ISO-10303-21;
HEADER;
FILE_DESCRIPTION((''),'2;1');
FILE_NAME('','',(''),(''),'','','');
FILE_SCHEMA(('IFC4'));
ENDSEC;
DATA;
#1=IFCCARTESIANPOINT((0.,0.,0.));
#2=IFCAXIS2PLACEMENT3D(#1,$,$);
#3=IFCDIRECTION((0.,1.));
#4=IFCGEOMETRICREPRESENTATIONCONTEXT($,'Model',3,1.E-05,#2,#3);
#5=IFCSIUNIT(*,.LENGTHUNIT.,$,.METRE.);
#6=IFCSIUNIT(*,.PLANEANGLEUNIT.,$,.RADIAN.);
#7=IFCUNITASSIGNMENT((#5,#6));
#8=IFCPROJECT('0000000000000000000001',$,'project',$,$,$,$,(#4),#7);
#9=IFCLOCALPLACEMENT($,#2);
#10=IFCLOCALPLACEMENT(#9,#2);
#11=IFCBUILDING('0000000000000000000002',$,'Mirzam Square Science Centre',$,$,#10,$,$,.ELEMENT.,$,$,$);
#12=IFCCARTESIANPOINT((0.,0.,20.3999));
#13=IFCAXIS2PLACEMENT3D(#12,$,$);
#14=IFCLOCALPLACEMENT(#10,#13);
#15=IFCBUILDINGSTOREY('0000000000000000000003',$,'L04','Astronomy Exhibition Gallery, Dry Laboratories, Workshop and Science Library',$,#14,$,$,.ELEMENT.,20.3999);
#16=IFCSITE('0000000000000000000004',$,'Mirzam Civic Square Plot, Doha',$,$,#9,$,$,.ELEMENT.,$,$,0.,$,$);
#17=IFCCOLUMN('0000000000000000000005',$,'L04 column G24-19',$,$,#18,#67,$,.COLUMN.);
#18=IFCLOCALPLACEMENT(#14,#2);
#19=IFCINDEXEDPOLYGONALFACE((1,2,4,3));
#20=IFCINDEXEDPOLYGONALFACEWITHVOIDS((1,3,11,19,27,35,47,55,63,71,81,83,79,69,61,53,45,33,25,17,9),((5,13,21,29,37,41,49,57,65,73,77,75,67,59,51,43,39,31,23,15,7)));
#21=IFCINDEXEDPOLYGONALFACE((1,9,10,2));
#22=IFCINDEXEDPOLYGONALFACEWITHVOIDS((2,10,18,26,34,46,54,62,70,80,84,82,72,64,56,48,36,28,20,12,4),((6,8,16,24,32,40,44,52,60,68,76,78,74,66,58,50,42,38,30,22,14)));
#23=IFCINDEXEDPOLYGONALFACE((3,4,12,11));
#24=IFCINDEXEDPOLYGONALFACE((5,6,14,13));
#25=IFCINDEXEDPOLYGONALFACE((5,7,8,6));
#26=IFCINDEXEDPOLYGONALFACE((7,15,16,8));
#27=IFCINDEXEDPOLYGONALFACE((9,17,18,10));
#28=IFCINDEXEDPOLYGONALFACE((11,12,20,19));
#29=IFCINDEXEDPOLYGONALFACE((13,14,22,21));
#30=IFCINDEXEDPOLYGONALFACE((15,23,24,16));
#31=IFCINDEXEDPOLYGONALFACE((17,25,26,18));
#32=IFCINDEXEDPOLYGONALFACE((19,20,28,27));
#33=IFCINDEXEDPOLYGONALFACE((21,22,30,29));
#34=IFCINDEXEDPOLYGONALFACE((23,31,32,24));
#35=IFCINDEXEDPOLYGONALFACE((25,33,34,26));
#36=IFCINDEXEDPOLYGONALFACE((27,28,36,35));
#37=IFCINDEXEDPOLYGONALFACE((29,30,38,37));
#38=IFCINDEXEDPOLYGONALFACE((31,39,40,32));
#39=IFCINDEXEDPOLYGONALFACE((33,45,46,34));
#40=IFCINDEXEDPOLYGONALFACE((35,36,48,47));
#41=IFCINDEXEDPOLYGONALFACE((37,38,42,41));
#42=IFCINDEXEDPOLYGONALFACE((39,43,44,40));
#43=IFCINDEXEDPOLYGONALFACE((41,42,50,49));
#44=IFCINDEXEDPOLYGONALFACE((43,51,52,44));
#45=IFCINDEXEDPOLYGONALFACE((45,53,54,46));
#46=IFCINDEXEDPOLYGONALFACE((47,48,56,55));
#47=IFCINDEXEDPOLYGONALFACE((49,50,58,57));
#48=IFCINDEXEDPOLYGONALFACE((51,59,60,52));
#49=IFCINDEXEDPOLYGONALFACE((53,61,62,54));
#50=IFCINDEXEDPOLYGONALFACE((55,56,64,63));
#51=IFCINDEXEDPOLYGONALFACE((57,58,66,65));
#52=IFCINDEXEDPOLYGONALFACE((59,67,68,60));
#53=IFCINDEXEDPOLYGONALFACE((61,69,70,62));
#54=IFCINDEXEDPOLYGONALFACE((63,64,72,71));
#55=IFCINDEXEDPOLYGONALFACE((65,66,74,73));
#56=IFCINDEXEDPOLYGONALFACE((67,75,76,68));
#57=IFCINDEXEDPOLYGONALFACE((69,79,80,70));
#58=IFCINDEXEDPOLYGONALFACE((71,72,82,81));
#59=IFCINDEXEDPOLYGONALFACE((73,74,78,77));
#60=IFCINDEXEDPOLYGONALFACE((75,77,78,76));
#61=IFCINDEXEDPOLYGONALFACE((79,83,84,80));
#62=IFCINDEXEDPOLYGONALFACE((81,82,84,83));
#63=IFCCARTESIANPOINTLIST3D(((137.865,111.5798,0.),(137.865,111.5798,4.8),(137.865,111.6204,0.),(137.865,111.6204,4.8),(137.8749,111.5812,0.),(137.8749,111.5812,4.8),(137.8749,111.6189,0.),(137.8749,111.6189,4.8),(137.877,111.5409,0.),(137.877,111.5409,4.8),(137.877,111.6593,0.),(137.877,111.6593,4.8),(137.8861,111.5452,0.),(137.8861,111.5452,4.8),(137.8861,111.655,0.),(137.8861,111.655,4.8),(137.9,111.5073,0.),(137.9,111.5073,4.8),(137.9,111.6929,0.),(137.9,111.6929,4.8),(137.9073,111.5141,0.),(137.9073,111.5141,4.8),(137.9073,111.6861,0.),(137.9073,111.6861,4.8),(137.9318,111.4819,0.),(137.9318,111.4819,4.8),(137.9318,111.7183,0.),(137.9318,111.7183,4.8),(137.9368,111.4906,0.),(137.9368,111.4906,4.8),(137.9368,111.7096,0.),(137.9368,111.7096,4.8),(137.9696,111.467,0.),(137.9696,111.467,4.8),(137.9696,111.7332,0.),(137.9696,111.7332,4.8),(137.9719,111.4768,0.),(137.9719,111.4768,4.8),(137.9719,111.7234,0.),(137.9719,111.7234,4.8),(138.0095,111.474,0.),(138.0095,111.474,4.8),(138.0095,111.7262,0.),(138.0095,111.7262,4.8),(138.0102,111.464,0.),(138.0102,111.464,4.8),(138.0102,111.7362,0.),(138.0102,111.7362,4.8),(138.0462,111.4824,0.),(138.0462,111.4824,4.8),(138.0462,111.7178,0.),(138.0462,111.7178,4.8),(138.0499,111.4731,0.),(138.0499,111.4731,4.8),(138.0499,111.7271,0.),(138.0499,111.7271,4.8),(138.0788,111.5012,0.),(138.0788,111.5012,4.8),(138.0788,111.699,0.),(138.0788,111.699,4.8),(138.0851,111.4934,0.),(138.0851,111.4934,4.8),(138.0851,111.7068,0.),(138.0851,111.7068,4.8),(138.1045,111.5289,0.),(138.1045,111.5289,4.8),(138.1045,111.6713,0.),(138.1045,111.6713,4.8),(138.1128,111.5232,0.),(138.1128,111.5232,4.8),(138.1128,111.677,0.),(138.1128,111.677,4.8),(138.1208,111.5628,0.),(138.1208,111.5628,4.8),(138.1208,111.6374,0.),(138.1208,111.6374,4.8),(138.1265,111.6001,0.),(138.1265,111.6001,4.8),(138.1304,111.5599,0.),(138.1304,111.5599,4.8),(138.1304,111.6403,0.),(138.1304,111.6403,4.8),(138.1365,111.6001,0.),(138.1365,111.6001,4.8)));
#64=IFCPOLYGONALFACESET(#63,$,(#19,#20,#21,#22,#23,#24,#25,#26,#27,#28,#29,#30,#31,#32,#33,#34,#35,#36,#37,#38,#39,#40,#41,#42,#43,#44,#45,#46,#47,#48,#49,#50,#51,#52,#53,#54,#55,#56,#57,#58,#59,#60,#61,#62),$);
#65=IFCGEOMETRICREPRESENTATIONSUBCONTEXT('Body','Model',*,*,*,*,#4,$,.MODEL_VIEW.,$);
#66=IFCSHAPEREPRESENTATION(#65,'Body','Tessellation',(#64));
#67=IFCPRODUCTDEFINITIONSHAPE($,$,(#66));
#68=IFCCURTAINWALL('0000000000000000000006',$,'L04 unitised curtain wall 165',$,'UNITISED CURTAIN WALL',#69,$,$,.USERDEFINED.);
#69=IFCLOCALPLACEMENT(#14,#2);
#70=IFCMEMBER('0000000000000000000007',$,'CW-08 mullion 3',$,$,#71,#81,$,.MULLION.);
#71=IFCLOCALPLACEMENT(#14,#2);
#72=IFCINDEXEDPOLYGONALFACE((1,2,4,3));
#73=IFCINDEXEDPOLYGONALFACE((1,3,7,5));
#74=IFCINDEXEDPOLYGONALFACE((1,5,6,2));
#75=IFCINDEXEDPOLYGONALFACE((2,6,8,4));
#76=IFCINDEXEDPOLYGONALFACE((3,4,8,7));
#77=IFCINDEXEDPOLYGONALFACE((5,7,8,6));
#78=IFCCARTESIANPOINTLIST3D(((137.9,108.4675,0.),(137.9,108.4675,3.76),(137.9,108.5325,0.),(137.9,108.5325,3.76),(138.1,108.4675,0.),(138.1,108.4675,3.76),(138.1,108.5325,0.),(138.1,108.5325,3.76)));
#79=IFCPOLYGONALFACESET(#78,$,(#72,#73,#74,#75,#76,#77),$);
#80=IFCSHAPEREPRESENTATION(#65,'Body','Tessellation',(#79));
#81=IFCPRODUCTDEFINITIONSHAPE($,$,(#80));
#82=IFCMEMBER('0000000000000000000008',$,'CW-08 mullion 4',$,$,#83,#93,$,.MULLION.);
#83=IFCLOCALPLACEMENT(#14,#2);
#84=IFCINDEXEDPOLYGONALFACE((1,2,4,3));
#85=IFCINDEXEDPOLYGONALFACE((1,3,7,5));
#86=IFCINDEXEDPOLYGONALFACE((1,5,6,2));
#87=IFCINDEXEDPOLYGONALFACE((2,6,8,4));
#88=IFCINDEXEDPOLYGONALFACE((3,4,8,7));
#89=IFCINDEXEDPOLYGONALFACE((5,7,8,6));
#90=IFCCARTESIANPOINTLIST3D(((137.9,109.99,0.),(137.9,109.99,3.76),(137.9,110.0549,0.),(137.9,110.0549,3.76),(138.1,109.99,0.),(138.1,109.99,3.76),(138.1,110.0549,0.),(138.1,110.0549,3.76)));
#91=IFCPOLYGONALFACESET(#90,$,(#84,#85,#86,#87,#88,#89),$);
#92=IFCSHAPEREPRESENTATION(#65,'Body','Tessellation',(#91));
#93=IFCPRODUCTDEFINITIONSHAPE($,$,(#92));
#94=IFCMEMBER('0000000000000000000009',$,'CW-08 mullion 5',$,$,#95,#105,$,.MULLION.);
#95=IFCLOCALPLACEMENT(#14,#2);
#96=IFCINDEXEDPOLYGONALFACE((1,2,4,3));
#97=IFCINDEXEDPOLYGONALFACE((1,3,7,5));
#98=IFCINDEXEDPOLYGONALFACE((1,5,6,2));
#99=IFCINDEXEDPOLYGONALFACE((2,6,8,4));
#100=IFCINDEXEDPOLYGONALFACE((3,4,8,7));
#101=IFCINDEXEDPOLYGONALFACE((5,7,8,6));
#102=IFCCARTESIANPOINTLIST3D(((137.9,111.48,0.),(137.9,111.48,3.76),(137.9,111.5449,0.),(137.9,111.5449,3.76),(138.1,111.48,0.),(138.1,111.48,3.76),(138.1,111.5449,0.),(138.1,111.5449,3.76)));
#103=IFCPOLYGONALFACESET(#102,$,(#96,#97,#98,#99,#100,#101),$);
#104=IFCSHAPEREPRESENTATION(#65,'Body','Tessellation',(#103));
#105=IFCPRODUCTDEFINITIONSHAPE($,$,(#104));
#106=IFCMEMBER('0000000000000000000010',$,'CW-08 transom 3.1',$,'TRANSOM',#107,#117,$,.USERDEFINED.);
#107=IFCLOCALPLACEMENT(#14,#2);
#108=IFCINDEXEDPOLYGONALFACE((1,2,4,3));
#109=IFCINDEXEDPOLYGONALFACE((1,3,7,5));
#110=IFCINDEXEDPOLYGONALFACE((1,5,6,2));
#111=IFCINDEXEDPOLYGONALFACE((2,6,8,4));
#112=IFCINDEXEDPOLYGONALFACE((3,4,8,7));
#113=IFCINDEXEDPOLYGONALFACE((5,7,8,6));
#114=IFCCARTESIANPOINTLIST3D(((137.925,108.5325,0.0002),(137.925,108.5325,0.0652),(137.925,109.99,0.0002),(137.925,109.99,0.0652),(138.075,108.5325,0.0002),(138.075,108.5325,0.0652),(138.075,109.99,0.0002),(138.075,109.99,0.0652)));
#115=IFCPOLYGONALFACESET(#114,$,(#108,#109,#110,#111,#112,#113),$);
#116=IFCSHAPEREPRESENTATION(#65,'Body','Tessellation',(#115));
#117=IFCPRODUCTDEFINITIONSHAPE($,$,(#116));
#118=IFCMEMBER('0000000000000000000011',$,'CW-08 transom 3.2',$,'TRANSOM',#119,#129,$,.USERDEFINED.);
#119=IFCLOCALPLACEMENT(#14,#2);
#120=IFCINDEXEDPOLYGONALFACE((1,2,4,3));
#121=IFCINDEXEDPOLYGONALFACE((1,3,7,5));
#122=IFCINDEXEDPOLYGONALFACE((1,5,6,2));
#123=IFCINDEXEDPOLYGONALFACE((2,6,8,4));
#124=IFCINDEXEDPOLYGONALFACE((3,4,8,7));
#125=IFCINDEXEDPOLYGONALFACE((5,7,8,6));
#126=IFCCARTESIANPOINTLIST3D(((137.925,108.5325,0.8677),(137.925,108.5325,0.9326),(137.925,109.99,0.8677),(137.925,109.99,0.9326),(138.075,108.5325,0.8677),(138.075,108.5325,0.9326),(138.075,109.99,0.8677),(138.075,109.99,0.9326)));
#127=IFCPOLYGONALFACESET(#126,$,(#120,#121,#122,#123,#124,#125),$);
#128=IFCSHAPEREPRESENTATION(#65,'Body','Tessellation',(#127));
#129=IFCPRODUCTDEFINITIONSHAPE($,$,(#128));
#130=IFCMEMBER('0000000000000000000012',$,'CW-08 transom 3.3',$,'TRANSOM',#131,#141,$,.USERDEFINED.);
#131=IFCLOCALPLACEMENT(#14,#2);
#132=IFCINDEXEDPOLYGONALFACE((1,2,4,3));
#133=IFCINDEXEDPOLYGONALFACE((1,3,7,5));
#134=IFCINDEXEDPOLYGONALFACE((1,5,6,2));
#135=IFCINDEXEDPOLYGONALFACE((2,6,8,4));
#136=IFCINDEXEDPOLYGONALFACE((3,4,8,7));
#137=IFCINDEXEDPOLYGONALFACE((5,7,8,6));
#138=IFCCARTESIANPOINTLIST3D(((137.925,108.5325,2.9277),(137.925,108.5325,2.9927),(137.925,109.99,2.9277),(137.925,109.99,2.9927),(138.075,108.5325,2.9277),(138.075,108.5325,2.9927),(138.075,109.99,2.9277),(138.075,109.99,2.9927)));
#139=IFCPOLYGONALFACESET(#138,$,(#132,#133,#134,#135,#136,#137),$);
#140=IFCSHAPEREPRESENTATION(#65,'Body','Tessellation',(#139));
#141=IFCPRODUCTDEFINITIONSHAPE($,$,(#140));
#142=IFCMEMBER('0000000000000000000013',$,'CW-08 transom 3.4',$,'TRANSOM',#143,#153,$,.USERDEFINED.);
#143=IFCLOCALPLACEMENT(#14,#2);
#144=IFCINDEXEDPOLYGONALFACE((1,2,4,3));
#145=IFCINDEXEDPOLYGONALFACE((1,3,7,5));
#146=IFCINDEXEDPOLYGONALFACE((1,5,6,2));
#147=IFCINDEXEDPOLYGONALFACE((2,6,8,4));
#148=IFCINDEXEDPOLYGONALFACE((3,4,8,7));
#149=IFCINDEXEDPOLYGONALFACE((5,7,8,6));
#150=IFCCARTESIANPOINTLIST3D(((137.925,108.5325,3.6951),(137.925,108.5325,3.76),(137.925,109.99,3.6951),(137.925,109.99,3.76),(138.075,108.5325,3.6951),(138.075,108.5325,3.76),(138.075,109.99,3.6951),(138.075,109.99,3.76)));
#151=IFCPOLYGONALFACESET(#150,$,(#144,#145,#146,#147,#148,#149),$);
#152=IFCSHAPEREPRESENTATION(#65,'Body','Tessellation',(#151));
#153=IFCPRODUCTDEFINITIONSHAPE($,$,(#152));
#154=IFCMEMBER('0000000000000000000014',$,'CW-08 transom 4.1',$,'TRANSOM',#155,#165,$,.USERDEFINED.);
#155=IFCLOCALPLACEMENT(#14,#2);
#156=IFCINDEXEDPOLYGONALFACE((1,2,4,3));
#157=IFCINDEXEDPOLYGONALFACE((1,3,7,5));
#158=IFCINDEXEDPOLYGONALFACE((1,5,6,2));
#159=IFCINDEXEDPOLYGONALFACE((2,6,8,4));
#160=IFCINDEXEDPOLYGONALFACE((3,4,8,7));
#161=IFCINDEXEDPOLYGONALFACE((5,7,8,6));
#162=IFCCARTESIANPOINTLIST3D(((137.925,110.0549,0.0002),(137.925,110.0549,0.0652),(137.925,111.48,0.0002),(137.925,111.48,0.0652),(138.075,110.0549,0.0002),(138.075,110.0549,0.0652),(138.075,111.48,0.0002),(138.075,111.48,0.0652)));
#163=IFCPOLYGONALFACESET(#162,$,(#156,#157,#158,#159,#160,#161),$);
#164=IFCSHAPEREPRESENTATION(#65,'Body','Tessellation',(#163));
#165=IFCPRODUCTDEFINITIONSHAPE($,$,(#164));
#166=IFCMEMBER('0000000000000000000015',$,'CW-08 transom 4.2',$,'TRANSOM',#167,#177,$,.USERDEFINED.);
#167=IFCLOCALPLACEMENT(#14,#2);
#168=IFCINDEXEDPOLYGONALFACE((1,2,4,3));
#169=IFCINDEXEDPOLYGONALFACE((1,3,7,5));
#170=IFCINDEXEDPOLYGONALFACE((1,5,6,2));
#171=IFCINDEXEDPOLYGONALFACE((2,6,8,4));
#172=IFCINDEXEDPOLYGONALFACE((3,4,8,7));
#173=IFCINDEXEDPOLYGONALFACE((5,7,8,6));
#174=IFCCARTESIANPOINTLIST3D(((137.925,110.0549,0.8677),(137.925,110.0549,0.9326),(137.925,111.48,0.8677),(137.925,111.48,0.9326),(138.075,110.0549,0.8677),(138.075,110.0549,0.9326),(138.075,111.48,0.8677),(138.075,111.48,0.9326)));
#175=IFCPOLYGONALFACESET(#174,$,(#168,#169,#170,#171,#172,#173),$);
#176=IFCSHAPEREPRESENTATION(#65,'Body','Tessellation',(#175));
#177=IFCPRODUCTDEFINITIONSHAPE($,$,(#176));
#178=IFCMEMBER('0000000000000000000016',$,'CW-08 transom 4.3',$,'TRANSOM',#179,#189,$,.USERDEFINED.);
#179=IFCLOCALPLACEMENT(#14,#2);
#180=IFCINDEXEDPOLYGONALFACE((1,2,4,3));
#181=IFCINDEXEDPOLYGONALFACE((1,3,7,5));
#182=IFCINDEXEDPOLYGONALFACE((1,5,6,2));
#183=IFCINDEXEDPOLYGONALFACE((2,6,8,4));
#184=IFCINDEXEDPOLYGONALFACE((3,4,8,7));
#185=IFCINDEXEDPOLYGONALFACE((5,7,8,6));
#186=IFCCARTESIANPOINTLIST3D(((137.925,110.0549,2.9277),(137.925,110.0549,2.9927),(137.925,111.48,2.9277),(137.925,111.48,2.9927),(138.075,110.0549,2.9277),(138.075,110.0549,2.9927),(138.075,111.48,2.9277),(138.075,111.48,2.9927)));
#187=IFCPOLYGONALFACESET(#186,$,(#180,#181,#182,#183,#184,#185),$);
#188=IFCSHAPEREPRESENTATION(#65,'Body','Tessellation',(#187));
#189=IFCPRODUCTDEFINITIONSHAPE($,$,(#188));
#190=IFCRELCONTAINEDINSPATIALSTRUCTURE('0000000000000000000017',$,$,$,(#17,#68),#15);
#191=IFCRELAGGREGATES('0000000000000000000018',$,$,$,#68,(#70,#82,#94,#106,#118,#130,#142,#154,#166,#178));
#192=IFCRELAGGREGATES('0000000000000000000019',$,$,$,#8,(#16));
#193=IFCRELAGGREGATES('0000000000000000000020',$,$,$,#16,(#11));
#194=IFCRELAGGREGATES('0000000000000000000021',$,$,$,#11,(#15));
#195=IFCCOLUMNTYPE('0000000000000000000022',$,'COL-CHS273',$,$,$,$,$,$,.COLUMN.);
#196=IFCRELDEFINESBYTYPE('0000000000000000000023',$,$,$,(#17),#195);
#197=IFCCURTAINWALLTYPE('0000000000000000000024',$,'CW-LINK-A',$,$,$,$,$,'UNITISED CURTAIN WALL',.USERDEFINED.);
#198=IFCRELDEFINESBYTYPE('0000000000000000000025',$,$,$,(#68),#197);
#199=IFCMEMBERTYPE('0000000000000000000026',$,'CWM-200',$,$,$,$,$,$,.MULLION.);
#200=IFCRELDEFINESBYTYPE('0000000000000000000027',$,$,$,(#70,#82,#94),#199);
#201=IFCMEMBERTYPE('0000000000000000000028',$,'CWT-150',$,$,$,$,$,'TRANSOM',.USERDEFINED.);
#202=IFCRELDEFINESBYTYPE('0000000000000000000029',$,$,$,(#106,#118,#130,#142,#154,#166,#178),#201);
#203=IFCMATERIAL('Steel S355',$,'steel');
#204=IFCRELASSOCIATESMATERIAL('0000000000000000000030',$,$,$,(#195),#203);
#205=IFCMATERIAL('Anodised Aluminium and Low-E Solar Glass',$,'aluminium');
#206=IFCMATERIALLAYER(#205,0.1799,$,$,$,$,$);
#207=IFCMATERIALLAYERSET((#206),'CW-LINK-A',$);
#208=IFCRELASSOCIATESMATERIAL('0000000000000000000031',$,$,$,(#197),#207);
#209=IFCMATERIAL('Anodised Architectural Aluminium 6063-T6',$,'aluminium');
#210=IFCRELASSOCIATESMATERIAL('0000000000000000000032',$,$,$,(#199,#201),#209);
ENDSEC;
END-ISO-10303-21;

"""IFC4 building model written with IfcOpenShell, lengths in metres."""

from ifc_helpers import new_model, si_unit, direction, frame, origin, origin_2d, place, context, subcontext, project, spatial, rectangle, hollow_circle, extrude, material, layer, layer_set, material_profile, profile_set, type_object, element, aggregate, save


model = new_model("IFC4")

# Units and contexts
model_context = context("Model", 3, precision=1e-05, world=origin(), true_north=direction((0.0, 1.0)))
body_context = subcontext(model_context, "Body", "Model", "MODEL_VIEW")
ifc_project = project(units=[si_unit("LENGTHUNIT", "METRE"), si_unit("PLANEANGLEUNIT", "RADIAN")], contexts=[model_context])

# Site, building, storey
site_placement = place(None, origin())
site = spatial("IfcSite", under=ifc_project, at=site_placement, Name="Mirzam Civic Square Plot, Doha", CompositionType="ELEMENT", RefElevation=0.0)
building_placement = place(site_placement, origin())
building = spatial("IfcBuilding", under=site, at=building_placement, Name="Mirzam Square Science Centre", CompositionType="ELEMENT")
storey_placement = place(building_placement, frame((0.0, 0.0, 20.3999)))
storey = spatial("IfcBuildingStorey", under=building, at=storey_placement, Name="L04", Description="Astronomy Exhibition Gallery, Dry Laboratories, Workshop and Science Library", CompositionType="ELEMENT", Elevation=20.3999)

# Column
ifc_material_1 = material(Name="Steel S355", Category="steel")
ifc_material_profile_1 = material_profile(ifc_material_1, hollow_circle(Radius=0.1365, WallThickness=0.01, at=origin_2d()), Name="273.0x10.0CHS")
ifc_profile_set_1 = profile_set([ifc_material_profile_1], Name="Steel S355")
column_type = type_object("IfcColumnType", Name="COL-CHS273", PredefinedType="COLUMN", material=ifc_profile_set_1)
column_placement = place(storey_placement, frame((138.0, 111.6001, 0.0), z_axis=(0.0, 0.0, 1.0), x_axis=(1.0, 0.0, 0.0)))
element("IfcColumn", 1, at=column_placement, inside=storey, type_object=column_type, Name="L04 column G24-19", PredefinedType="COLUMN", context=body_context, shape_type="SweptSolid", body=[
    extrude(hollow_circle(Radius=0.1365, WallThickness=0.01, at=origin_2d()), origin(), (0.0, 0.0, 1.0), 4.8),
])

# Curtain wall, members
ifc_material_2 = material(Name="Anodised Aluminium and Low-E Solar Glass", Category="aluminium")
ifc_layer_1 = layer(ifc_material_2, 0.1799)
ifc_layer_set_1 = layer_set([ifc_layer_1], Name="CW-LINK-A")
curtain_wall_type = type_object("IfcCurtainWallType", Name="CW-LINK-A", ElementType="UNITISED CURTAIN WALL", PredefinedType="USERDEFINED", material=ifc_layer_set_1)
curtain_wall_placement = place(storey_placement, origin())
curtain_wall = element("IfcCurtainWall", 2, at=curtain_wall_placement, inside=storey, type_object=curtain_wall_type, Name="L04 unitised curtain wall 165", ObjectType="UNITISED CURTAIN WALL", PredefinedType="USERDEFINED")
ifc_material_3 = material(Name="Anodised Architectural Aluminium 6063-T6", Category="aluminium")
ifc_material_profile_2 = material_profile(ifc_material_3, rectangle(XDim=0.0649, YDim=0.2, at=origin_2d()), Name="ALU-MULL-200x65x5")
ifc_profile_set_2 = profile_set([ifc_material_profile_2], Name="Anodised Architectural Aluminium 6063-T6")
member_type_1 = type_object("IfcMemberType", Name="CWM-200", PredefinedType="MULLION", material=ifc_profile_set_2)
member_1_placement = place(storey_placement, frame((138.0, 108.5, 0.0), z_axis=(0.0, 0.0, 1.0), x_axis=(0.0, 1.0, 0.0)))
member_1 = element("IfcMember", 3, at=member_1_placement, type_object=member_type_1, Name="CW-08 mullion 3", PredefinedType="MULLION", context=body_context, shape_type="SweptSolid", body=[
    extrude(rectangle(XDim=0.0649, YDim=0.2, at=origin_2d()), origin(), (0.0, 0.0, 1.0), 3.76),
])
member_2_placement = place(storey_placement, frame((138.0, 110.0225, 0.0), z_axis=(0.0, 0.0, 1.0), x_axis=(0.0, 1.0, 0.0)))
member_2 = element("IfcMember", 4, at=member_2_placement, type_object=member_type_1, Name="CW-08 mullion 4", PredefinedType="MULLION", context=body_context, shape_type="SweptSolid", body=[
    extrude(rectangle(XDim=0.0649, YDim=0.2, at=origin_2d()), origin(), (0.0, 0.0, 1.0), 3.76),
])
member_3_placement = place(storey_placement, frame((138.0, 111.5125, 0.0), z_axis=(0.0, 0.0, 1.0), x_axis=(0.0, 1.0, 0.0)))
member_3 = element("IfcMember", 5, at=member_3_placement, type_object=member_type_1, Name="CW-08 mullion 5", PredefinedType="MULLION", context=body_context, shape_type="SweptSolid", body=[
    extrude(rectangle(XDim=0.0649, YDim=0.2, at=origin_2d()), origin(), (0.0, 0.0, 1.0), 3.76),
])
ifc_material_profile_3 = material_profile(ifc_material_3, rectangle(XDim=0.1499, YDim=0.0649, at=origin_2d()), Name="ALU-TRAN-150x65x4")
ifc_profile_set_3 = profile_set([ifc_material_profile_3], Name="Anodised Architectural Aluminium 6063-T6")
member_type_2 = type_object("IfcMemberType", Name="CWT-150", ElementType="TRANSOM", PredefinedType="USERDEFINED", material=ifc_profile_set_3)
member_4_placement = place(storey_placement, frame((138.0, 108.5325, 0.0327), z_axis=(0.0, 1.0, 0.0), x_axis=(-1.0, 0.0, 0.0)))
member_4 = element("IfcMember", 6, at=member_4_placement, type_object=member_type_2, Name="CW-08 transom 3.1", ObjectType="TRANSOM", PredefinedType="USERDEFINED", context=body_context, shape_type="SweptSolid", body=[
    extrude(rectangle(XDim=0.1499, YDim=0.0649, at=origin_2d()), origin(), (0.0, 0.0, 1.0), 1.4575),
])
member_5_placement = place(storey_placement, frame((138.0, 108.5325, 0.9001), z_axis=(0.0, 1.0, 0.0), x_axis=(-1.0, 0.0, 0.0)))
member_5 = element("IfcMember", 7, at=member_5_placement, type_object=member_type_2, Name="CW-08 transom 3.2", ObjectType="TRANSOM", PredefinedType="USERDEFINED", context=body_context, shape_type="SweptSolid", body=[
    extrude(rectangle(XDim=0.1499, YDim=0.0649, at=origin_2d()), origin(), (0.0, 0.0, 1.0), 1.4575),
])
member_6_placement = place(storey_placement, frame((138.0, 108.5325, 2.9602), z_axis=(0.0, 1.0, 0.0), x_axis=(-1.0, 0.0, 0.0)))
member_6 = element("IfcMember", 8, at=member_6_placement, type_object=member_type_2, Name="CW-08 transom 3.3", ObjectType="TRANSOM", PredefinedType="USERDEFINED", context=body_context, shape_type="SweptSolid", body=[
    extrude(rectangle(XDim=0.1499, YDim=0.0649, at=origin_2d()), origin(), (0.0, 0.0, 1.0), 1.4575),
])
member_7_placement = place(storey_placement, frame((138.0, 108.5325, 3.7275), z_axis=(0.0, 1.0, 0.0), x_axis=(-1.0, 0.0, 0.0)))
member_7 = element("IfcMember", 9, at=member_7_placement, type_object=member_type_2, Name="CW-08 transom 3.4", ObjectType="TRANSOM", PredefinedType="USERDEFINED", context=body_context, shape_type="SweptSolid", body=[
    extrude(rectangle(XDim=0.1499, YDim=0.0649, at=origin_2d()), origin(), (0.0, 0.0, 1.0), 1.4575),
])
member_8_placement = place(storey_placement, frame((138.0, 110.0549, 0.0327), z_axis=(0.0, 1.0, 0.0), x_axis=(-1.0, 0.0, 0.0)))
member_8 = element("IfcMember", 10, at=member_8_placement, type_object=member_type_2, Name="CW-08 transom 4.1", ObjectType="TRANSOM", PredefinedType="USERDEFINED", context=body_context, shape_type="SweptSolid", body=[
    extrude(rectangle(XDim=0.1499, YDim=0.0649, at=origin_2d()), origin(), (0.0, 0.0, 1.0), 1.425),
])
member_9_placement = place(storey_placement, frame((138.0, 110.0549, 0.9001), z_axis=(0.0, 1.0, 0.0), x_axis=(-1.0, 0.0, 0.0)))
member_9 = element("IfcMember", 11, at=member_9_placement, type_object=member_type_2, Name="CW-08 transom 4.2", ObjectType="TRANSOM", PredefinedType="USERDEFINED", context=body_context, shape_type="SweptSolid", body=[
    extrude(rectangle(XDim=0.1499, YDim=0.0649, at=origin_2d()), origin(), (0.0, 0.0, 1.0), 1.425),
])
member_10_placement = place(storey_placement, frame((138.0, 110.0549, 2.9602), z_axis=(0.0, 1.0, 0.0), x_axis=(-1.0, 0.0, 0.0)))
member_10 = element("IfcMember", 12, at=member_10_placement, type_object=member_type_2, Name="CW-08 transom 4.3", ObjectType="TRANSOM", PredefinedType="USERDEFINED", context=body_context, shape_type="SweptSolid", body=[
    extrude(rectangle(XDim=0.1499, YDim=0.0649, at=origin_2d()), origin(), (0.0, 0.0, 1.0), 1.425),
])
aggregate(curtain_wall, [member_1, member_2, member_3, member_4, member_5, member_6, member_7, member_8, member_9, member_10])

save(model, "model.ifc")
